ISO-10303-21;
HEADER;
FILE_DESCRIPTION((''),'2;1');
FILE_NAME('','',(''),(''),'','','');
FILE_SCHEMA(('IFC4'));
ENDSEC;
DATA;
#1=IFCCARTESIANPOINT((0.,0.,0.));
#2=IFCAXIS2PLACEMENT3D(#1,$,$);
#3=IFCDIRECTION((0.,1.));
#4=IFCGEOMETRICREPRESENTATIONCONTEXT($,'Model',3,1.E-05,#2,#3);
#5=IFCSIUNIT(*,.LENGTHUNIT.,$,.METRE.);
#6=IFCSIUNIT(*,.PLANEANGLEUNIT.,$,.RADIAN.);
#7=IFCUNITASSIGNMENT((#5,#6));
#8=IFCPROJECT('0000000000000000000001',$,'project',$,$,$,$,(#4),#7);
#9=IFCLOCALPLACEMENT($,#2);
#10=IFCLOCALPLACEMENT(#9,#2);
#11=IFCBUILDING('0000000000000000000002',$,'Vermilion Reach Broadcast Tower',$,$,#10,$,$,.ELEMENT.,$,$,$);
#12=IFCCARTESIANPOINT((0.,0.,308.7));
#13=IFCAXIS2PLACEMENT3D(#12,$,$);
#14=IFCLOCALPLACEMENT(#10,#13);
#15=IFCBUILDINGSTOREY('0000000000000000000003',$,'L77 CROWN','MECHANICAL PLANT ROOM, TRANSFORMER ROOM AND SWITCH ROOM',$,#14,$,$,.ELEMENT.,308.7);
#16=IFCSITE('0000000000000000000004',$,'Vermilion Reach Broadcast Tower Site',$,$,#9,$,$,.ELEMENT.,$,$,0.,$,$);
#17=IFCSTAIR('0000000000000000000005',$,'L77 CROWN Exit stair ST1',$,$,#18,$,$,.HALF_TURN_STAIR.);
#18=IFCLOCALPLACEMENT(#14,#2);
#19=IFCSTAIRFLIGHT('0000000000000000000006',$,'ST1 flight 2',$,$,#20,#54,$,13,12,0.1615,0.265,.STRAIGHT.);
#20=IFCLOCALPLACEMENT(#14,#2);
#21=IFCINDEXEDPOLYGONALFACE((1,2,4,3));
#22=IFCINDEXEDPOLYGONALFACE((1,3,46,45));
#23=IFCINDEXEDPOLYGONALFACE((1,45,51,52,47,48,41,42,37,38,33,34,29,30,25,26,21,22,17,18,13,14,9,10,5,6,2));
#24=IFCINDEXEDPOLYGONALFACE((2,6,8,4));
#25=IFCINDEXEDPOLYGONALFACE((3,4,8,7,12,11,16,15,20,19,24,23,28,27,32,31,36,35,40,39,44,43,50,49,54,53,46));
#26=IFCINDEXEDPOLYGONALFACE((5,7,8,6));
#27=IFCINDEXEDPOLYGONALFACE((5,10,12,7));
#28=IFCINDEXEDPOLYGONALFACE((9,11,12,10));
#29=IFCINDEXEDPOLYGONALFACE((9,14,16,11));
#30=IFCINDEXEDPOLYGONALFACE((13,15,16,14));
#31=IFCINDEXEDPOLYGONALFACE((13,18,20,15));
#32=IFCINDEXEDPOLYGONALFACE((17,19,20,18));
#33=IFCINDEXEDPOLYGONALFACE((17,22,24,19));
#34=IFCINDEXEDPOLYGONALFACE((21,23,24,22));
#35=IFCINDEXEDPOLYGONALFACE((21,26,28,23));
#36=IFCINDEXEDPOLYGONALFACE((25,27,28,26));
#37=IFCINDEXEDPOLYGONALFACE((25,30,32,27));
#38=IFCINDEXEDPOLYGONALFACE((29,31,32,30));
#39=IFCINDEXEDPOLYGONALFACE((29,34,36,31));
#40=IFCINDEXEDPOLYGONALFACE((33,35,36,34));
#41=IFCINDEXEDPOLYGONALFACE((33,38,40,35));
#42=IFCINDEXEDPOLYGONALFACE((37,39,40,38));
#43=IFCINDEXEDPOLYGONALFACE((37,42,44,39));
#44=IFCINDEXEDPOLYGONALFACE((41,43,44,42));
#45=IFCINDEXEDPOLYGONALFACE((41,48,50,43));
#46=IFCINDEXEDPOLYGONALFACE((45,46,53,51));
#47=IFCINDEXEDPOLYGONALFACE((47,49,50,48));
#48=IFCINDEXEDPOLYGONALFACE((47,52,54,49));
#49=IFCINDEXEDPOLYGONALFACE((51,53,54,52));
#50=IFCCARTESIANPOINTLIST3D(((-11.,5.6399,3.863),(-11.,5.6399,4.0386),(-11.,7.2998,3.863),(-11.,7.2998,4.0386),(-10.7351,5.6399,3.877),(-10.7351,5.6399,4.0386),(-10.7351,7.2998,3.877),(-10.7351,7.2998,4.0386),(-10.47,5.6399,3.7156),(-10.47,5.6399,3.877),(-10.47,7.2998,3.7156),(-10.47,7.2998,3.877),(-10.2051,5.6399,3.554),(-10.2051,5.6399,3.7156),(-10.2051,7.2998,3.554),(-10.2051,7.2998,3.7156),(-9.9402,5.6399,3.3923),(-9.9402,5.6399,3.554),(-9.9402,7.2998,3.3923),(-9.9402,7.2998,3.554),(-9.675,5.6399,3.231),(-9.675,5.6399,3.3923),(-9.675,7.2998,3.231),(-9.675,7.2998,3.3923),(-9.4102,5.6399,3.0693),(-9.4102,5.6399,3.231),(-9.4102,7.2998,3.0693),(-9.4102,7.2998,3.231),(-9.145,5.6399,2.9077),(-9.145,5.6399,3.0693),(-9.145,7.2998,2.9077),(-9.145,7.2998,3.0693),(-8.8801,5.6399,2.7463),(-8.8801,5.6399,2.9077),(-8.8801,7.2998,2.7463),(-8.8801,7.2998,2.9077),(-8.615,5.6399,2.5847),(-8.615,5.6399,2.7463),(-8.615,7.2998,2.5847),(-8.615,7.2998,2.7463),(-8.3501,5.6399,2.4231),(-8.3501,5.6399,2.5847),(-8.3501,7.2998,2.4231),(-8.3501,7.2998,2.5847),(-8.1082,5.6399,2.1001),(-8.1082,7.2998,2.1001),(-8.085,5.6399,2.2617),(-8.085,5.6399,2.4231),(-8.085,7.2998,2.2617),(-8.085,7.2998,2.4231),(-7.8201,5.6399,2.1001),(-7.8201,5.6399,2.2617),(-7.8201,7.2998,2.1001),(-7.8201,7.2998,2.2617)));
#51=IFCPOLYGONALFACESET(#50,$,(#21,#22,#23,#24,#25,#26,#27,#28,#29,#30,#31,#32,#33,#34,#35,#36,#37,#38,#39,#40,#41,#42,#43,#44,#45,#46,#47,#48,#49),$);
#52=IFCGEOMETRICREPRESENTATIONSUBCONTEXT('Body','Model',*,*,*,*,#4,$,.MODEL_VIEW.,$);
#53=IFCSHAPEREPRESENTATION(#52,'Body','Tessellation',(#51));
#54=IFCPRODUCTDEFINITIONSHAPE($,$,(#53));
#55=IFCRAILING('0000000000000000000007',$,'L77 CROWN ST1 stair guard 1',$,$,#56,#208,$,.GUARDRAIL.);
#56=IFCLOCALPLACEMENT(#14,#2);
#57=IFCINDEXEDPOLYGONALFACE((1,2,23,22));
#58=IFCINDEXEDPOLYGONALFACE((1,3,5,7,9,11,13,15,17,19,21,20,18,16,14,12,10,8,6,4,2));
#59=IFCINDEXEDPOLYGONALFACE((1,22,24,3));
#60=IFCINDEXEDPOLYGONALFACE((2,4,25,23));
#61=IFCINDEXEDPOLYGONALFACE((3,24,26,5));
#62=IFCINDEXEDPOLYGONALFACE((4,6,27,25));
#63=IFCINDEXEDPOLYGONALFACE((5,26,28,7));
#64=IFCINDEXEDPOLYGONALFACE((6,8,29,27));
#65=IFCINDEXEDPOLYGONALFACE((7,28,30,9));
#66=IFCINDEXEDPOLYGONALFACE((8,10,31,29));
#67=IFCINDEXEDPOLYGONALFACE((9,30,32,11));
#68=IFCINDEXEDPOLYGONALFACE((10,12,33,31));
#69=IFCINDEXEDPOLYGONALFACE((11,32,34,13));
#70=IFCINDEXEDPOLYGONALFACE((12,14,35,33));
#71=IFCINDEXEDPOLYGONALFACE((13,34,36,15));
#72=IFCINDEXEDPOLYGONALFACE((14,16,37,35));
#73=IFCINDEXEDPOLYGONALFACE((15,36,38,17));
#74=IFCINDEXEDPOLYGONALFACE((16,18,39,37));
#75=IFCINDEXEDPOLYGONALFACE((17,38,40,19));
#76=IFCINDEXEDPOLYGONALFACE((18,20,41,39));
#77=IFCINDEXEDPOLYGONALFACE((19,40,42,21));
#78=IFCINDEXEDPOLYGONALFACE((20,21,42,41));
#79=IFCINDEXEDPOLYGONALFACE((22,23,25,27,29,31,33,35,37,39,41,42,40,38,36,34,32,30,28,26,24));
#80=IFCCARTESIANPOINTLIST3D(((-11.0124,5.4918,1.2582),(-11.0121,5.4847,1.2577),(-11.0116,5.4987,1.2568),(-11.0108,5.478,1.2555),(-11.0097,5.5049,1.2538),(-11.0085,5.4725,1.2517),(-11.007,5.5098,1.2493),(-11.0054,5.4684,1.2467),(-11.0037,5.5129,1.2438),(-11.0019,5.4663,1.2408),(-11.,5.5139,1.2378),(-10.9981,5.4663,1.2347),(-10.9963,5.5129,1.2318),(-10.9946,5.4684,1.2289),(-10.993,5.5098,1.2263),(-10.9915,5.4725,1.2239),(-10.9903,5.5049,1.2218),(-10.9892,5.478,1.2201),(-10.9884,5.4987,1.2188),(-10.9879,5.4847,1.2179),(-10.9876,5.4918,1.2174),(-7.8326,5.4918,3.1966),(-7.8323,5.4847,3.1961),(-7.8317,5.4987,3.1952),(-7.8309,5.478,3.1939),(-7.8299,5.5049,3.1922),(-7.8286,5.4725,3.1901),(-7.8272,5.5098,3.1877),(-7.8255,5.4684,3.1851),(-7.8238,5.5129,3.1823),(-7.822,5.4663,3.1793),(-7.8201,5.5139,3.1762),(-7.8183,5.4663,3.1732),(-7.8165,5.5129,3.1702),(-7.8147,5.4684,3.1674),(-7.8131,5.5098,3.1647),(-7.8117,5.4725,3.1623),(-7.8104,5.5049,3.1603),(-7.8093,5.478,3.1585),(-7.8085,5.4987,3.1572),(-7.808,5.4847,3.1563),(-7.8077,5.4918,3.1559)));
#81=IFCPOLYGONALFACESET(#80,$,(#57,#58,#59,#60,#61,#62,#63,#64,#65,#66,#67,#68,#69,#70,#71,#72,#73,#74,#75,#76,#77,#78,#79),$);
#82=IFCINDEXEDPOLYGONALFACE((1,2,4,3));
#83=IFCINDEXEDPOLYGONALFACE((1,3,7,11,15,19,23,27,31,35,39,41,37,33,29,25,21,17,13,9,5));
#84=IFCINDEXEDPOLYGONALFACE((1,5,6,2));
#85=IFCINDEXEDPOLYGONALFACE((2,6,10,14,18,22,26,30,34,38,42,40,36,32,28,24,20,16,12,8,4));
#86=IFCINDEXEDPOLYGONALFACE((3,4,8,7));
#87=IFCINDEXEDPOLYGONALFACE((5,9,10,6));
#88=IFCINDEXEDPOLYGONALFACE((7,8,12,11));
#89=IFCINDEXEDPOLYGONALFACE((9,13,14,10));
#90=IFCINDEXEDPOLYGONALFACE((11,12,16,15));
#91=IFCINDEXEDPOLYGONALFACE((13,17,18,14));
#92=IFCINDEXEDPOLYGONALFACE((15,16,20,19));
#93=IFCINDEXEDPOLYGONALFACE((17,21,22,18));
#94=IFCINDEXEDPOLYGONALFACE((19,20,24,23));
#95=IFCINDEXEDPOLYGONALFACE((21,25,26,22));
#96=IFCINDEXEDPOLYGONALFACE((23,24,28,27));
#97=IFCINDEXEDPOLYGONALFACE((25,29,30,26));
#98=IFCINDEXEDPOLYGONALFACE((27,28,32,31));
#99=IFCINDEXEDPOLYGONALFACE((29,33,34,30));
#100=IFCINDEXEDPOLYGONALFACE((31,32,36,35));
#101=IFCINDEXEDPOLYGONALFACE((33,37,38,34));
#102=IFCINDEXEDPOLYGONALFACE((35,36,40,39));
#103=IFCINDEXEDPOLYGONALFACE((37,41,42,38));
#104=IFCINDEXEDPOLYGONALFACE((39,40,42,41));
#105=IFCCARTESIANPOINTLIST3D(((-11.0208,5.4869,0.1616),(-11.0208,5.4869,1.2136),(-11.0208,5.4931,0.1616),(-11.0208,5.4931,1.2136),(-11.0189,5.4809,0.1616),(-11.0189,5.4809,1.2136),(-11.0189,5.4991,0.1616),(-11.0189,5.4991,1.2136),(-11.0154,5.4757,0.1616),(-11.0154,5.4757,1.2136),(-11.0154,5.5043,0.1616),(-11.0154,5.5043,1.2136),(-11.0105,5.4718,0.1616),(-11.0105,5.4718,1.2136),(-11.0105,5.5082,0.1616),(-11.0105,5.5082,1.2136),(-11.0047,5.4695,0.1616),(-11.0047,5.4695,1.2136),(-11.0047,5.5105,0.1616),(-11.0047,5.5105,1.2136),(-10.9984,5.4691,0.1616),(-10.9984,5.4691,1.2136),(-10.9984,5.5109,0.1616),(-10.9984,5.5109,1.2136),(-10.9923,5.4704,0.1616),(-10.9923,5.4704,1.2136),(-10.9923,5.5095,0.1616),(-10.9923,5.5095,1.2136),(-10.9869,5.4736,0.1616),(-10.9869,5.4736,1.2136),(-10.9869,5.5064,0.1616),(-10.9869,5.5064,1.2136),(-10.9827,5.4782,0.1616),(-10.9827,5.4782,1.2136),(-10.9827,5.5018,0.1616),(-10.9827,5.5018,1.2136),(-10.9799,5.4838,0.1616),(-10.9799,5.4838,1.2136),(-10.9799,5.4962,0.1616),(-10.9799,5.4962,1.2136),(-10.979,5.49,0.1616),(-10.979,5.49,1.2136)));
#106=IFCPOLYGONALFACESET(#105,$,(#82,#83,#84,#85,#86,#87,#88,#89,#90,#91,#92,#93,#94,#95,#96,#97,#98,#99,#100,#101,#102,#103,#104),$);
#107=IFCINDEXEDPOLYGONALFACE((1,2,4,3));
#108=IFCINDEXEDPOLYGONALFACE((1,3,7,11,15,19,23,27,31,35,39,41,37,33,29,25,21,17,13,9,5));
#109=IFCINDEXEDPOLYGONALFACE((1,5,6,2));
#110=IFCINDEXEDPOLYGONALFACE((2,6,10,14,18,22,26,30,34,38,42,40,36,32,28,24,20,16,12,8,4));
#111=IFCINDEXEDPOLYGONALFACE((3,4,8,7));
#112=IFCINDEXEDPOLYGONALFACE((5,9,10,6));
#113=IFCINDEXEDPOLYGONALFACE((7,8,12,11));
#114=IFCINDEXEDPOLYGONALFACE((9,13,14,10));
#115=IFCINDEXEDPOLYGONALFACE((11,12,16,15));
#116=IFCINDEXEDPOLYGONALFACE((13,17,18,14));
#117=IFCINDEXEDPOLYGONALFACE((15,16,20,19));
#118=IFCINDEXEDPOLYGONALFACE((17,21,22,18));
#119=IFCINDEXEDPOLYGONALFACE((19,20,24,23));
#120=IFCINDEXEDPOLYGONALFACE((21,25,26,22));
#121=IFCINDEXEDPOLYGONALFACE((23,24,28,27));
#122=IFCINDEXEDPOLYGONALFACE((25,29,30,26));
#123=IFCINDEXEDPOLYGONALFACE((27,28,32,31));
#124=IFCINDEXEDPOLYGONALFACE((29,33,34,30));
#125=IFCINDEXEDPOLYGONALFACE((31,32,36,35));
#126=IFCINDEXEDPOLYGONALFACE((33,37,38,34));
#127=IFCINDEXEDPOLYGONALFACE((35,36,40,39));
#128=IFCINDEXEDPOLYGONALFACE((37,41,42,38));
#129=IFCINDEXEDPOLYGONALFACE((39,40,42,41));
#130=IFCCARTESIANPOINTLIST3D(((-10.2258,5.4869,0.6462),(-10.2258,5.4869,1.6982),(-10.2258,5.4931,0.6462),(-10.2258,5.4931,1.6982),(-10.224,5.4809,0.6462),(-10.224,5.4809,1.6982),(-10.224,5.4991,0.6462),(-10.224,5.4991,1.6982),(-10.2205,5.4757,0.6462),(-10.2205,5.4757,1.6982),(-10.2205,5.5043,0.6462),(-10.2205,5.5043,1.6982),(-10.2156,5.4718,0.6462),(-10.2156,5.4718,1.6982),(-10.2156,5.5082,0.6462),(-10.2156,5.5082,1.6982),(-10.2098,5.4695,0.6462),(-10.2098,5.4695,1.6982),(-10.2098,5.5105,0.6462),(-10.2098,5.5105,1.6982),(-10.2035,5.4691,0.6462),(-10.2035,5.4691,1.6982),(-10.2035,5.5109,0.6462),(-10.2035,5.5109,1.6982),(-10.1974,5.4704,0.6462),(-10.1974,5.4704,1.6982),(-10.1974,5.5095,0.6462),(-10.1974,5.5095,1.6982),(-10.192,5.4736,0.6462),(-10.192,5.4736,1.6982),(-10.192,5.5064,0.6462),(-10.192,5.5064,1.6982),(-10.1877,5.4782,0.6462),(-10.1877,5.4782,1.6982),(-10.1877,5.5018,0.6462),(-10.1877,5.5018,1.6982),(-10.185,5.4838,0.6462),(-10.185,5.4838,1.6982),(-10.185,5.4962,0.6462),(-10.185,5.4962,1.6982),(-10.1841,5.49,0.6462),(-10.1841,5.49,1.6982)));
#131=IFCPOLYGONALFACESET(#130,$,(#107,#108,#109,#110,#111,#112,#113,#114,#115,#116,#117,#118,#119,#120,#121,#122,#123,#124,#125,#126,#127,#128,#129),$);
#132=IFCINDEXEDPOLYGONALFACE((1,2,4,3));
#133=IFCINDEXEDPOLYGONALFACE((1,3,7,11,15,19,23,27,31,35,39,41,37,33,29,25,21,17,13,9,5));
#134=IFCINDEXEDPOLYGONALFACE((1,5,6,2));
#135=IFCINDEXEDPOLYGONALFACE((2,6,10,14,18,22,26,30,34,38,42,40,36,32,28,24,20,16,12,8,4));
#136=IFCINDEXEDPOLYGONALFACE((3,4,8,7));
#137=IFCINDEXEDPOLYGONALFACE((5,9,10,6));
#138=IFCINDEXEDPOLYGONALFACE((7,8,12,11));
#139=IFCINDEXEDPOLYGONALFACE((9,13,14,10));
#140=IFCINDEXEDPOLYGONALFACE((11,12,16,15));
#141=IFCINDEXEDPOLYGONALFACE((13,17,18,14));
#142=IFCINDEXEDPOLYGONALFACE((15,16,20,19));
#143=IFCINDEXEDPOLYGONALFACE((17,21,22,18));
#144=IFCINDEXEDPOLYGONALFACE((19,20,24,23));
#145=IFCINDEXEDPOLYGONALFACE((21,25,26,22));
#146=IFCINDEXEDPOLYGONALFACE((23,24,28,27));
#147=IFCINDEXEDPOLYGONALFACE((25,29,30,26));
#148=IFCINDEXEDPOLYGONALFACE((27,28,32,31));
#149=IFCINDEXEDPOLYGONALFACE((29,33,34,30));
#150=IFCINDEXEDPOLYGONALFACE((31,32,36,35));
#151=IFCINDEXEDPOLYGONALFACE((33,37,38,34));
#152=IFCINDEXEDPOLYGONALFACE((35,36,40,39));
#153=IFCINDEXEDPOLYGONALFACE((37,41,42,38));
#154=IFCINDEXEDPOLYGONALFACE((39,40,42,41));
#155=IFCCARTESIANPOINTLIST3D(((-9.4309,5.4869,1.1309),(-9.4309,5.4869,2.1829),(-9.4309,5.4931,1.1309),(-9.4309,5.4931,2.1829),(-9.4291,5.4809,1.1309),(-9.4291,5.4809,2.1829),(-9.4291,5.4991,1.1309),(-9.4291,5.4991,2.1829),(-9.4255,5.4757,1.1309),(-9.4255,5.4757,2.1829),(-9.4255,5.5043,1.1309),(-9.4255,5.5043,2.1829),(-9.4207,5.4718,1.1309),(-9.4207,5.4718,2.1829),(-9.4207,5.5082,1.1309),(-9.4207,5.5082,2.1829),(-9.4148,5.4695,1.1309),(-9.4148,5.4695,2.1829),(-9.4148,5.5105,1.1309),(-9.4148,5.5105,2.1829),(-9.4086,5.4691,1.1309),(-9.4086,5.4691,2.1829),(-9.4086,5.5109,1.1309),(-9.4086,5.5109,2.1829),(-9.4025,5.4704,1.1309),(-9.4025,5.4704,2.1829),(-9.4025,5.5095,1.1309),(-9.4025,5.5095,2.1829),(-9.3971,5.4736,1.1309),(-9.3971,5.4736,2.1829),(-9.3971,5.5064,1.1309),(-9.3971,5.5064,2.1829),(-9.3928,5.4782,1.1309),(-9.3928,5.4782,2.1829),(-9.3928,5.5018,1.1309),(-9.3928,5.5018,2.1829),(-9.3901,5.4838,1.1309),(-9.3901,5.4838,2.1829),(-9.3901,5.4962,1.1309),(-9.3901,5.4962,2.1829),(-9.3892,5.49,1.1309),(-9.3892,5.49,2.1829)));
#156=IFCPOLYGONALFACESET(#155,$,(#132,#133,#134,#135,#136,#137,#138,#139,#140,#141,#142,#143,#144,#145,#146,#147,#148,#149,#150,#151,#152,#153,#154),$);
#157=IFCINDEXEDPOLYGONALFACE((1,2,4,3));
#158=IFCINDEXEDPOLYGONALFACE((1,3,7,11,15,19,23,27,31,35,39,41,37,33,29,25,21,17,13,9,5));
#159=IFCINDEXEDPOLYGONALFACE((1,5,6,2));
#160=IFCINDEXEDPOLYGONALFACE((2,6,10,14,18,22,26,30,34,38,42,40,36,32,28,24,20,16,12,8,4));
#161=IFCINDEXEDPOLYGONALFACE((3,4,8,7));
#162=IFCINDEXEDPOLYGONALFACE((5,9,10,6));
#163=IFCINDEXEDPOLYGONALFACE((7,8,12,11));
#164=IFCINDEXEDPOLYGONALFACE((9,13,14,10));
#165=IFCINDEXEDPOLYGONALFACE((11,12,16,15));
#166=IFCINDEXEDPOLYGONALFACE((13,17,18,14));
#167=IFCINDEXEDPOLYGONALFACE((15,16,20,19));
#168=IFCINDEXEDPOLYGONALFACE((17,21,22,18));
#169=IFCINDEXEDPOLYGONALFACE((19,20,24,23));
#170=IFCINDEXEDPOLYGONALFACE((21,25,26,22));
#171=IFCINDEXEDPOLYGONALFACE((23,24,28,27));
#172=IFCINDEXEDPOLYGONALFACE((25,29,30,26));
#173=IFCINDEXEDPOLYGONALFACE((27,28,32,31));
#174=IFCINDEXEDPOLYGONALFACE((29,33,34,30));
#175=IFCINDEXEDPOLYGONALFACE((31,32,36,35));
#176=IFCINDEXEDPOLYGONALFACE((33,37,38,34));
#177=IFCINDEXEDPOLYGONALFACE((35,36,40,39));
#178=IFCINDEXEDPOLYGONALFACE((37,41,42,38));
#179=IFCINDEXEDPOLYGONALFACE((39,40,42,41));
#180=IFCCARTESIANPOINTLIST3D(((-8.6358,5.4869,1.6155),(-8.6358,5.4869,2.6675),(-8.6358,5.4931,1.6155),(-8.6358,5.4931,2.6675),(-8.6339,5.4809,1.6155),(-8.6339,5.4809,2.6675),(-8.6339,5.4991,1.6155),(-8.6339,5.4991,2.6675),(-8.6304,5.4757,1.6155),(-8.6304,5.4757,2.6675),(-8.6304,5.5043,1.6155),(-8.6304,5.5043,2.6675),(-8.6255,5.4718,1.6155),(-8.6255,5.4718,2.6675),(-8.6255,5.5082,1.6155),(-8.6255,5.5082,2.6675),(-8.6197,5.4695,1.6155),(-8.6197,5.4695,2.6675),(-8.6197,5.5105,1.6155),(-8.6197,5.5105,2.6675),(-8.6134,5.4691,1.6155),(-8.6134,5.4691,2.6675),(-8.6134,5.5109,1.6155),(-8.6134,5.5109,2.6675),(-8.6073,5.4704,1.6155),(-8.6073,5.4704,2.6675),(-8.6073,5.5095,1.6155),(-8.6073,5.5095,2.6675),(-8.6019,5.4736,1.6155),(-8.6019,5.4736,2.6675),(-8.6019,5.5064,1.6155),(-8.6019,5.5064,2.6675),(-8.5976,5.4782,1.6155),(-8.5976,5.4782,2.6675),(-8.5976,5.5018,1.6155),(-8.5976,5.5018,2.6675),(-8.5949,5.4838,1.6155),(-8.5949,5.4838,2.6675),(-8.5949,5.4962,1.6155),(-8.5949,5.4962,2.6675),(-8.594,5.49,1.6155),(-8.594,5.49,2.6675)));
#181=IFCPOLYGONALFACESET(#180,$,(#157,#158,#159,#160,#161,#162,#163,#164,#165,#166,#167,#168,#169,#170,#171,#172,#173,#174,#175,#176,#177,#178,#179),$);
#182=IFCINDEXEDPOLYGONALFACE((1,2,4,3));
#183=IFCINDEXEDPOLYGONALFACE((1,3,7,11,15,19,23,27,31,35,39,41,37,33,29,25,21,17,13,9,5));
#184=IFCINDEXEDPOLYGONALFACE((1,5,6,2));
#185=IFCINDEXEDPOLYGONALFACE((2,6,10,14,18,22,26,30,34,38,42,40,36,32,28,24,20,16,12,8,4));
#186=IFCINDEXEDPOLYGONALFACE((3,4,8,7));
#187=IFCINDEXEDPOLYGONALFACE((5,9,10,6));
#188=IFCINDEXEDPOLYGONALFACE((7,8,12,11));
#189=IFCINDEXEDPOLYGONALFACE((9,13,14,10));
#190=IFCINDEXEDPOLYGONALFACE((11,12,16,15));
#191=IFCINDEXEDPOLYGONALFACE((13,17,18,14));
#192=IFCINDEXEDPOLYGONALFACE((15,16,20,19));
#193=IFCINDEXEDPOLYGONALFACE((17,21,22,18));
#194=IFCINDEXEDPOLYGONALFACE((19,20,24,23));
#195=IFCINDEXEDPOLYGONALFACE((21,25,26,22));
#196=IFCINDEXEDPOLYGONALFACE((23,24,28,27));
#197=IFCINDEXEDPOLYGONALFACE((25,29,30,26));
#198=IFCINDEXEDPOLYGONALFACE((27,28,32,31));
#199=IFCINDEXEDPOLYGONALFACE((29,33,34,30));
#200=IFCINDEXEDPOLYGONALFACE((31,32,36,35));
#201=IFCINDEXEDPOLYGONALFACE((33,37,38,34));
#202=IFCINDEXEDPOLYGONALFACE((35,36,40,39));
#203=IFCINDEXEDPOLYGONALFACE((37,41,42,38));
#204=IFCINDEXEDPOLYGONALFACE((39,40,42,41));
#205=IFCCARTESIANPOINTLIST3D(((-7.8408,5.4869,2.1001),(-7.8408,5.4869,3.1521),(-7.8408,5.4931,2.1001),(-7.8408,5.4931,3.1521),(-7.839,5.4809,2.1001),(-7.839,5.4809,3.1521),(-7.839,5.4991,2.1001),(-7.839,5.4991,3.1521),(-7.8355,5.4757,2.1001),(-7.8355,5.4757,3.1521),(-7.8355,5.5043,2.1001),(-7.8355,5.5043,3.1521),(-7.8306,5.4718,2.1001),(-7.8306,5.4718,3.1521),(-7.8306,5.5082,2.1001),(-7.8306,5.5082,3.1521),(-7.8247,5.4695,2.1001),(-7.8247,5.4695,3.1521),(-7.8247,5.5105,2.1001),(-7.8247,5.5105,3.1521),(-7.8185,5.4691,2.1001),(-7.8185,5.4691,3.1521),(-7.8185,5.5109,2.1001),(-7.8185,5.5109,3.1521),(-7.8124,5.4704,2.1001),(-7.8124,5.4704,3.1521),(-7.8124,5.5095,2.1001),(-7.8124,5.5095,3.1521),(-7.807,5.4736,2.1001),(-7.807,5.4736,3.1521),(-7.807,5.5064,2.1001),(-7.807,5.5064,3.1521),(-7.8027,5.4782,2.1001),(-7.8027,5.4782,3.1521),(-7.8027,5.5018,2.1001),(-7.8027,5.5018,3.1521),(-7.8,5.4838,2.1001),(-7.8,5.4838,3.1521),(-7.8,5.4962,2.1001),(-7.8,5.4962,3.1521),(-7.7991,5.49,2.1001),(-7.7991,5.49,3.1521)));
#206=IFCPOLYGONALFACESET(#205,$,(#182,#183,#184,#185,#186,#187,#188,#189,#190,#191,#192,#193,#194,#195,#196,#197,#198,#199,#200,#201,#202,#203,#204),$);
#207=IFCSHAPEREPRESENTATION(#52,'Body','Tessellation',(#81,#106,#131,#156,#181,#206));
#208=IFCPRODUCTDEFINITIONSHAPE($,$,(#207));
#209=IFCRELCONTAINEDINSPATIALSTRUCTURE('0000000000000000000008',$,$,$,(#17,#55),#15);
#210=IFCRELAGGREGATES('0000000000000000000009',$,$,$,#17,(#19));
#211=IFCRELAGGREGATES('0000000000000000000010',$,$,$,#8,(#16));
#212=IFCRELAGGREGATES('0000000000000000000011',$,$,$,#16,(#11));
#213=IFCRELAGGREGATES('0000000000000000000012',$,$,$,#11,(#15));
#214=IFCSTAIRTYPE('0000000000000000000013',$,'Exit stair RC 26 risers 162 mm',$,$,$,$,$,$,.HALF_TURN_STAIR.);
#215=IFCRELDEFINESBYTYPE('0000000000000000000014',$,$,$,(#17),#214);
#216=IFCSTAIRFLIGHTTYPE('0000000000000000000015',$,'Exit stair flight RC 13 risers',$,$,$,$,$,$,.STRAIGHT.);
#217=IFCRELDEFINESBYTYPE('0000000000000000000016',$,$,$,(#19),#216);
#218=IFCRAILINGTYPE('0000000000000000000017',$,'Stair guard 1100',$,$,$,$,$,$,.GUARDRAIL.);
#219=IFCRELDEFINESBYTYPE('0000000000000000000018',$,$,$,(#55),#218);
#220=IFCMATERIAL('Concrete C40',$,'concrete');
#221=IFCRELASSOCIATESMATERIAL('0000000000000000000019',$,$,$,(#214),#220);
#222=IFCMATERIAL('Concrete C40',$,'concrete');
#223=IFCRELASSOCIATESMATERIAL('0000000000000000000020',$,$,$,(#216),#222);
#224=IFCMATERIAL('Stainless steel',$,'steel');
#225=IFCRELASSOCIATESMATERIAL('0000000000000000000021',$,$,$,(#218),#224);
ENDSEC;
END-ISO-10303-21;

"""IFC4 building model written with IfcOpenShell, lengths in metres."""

from ifc_helpers import new_model, si_unit, direction, frame, origin, origin_2d, place, context, subcontext, project, spatial, polyline, circle, outline, extrude, material, type_object, element, aggregate, save


model = new_model("IFC4")

# Units and contexts
model_context = context("Model", 3, precision=1e-05, world=origin(), true_north=direction((0.0, 1.0)))
body_context = subcontext(model_context, "Body", "Model", "MODEL_VIEW")
ifc_project = project(units=[si_unit("LENGTHUNIT", "METRE"), si_unit("PLANEANGLEUNIT", "RADIAN")], contexts=[model_context])

# Site, building, storey
site_placement = place(None, origin())
site = spatial("IfcSite", under=ifc_project, at=site_placement, Name="Vermilion Reach Broadcast Tower Site", CompositionType="ELEMENT", RefElevation=0.0)
building_placement = place(site_placement, origin())
building = spatial("IfcBuilding", under=site, at=building_placement, Name="Vermilion Reach Broadcast Tower", CompositionType="ELEMENT")
storey_placement = place(building_placement, frame((0.0, 0.0, 308.7)))
storey = spatial("IfcBuildingStorey", under=building, at=storey_placement, Name="L77 CROWN", Description="MECHANICAL PLANT ROOM, TRANSFORMER ROOM AND SWITCH ROOM", CompositionType="ELEMENT", Elevation=308.7)

# Stair, stair flight
ifc_material_1 = material(Name="Concrete C40", Category="concrete")
stair_type = type_object("IfcStairType", Name="Exit stair RC 26 risers 162 mm", PredefinedType="HALF_TURN_STAIR", material=ifc_material_1)
stair_placement = place(storey_placement, origin())
stair = element("IfcStair", 1, at=stair_placement, inside=storey, type_object=stair_type, Name="L77 CROWN Exit stair ST1", PredefinedType="HALF_TURN_STAIR")
ifc_material_2 = material(Name="Concrete C40", Category="concrete")
stair_flight_type = type_object("IfcStairFlightType", Name="Exit stair flight RC 13 risers", PredefinedType="STRAIGHT", material=ifc_material_2)
stair_flight_1_placement = place(storey_placement, frame((-7.8201, 6.47, 2.1001), z_axis=(0.0, 0.0, 1.0), x_axis=(-1.0, 0.0, 0.0)))
stair_flight_1 = element("IfcStairFlight", 2, at=stair_flight_1_placement, type_object=stair_flight_type, Name="ST1 flight 2", NumberOfRisers=13, NumberOfTreads=12, PredefinedType="STRAIGHT", RiserHeight=0.1615, TreadLength=0.265, context=body_context, shape_type="SweptSolid", body=[
    extrude(outline(polyline([(0.0, 0.0), (0.0, 0.1616), (0.2649, 0.1616), (0.2649, 0.323), (0.53, 0.323), (0.53, 0.4846), (0.7949, 0.4846), (0.7949, 0.6462), (1.0601, 0.6462), (1.0601, 0.8076), (1.325, 0.8076), (1.325, 0.9692), (1.5901, 0.9692), (1.5901, 1.1309), (1.855, 1.1309), (1.855, 1.2922), (2.1201, 1.2922), (2.1201, 1.4539), (2.385, 1.4539), (2.385, 1.6155), (2.6499, 1.6155), (2.6499, 1.7769), (2.915, 1.7769), (2.915, 1.9385), (3.1799, 1.9385), (3.1799, 2.1001), (3.1799, 1.7629), (0.2881, 0.0), (0.0, 0.0)])), frame((0.0, 0.8301, 0.0), z_axis=(0.0, -1.0, 0.0), x_axis=(1.0, 0.0, 0.0)), (0.0, 0.0, 1.0), 1.6599),
])
aggregate(stair, [stair_flight_1])

# Railing
ifc_material_3 = material(Name="Stainless steel", Category="steel")
railing_type_1 = type_object("IfcRailingType", Name="Stair guard 1100", PredefinedType="GUARDRAIL", material=ifc_material_3)
railing_1_placement = place(storey_placement, frame((-11.0, 5.49, 0.1616)))
element("IfcRailing", 3, at=railing_1_placement, inside=storey, type_object=railing_type_1, Name="L77 CROWN ST1 stair guard 1", PredefinedType="GUARDRAIL", context=body_context, shape_type="SweptSolid", body=[
    extrude(circle(Radius=0.0239, at=origin_2d()), frame((0.0, 0.0, 1.0762), z_axis=(0.853857, 0.0, 0.520508), x_axis=(0.0, 1.0, 0.0)), (0.0, 0.0, 1.0), 3.7241),
    extrude(circle(Radius=0.021, at=origin_2d()), origin(), (0.0, 0.0, 1.0), 1.052),
    extrude(circle(Radius=0.021, at=origin_2d()), frame((0.7949, 0.0, 0.4846)), (0.0, 0.0, 1.0), 1.052),
    extrude(circle(Radius=0.021, at=origin_2d()), frame((1.5898, 0.0, 0.9692)), (0.0, 0.0, 1.0), 1.052),
    extrude(circle(Radius=0.021, at=origin_2d()), frame((2.385, 0.0, 1.4539)), (0.0, 0.0, 1.0), 1.052),
    extrude(circle(Radius=0.021, at=origin_2d()), frame((3.1799, 0.0, 1.9385)), (0.0, 0.0, 1.0), 1.052),
])

save(model, "model.ifc")
